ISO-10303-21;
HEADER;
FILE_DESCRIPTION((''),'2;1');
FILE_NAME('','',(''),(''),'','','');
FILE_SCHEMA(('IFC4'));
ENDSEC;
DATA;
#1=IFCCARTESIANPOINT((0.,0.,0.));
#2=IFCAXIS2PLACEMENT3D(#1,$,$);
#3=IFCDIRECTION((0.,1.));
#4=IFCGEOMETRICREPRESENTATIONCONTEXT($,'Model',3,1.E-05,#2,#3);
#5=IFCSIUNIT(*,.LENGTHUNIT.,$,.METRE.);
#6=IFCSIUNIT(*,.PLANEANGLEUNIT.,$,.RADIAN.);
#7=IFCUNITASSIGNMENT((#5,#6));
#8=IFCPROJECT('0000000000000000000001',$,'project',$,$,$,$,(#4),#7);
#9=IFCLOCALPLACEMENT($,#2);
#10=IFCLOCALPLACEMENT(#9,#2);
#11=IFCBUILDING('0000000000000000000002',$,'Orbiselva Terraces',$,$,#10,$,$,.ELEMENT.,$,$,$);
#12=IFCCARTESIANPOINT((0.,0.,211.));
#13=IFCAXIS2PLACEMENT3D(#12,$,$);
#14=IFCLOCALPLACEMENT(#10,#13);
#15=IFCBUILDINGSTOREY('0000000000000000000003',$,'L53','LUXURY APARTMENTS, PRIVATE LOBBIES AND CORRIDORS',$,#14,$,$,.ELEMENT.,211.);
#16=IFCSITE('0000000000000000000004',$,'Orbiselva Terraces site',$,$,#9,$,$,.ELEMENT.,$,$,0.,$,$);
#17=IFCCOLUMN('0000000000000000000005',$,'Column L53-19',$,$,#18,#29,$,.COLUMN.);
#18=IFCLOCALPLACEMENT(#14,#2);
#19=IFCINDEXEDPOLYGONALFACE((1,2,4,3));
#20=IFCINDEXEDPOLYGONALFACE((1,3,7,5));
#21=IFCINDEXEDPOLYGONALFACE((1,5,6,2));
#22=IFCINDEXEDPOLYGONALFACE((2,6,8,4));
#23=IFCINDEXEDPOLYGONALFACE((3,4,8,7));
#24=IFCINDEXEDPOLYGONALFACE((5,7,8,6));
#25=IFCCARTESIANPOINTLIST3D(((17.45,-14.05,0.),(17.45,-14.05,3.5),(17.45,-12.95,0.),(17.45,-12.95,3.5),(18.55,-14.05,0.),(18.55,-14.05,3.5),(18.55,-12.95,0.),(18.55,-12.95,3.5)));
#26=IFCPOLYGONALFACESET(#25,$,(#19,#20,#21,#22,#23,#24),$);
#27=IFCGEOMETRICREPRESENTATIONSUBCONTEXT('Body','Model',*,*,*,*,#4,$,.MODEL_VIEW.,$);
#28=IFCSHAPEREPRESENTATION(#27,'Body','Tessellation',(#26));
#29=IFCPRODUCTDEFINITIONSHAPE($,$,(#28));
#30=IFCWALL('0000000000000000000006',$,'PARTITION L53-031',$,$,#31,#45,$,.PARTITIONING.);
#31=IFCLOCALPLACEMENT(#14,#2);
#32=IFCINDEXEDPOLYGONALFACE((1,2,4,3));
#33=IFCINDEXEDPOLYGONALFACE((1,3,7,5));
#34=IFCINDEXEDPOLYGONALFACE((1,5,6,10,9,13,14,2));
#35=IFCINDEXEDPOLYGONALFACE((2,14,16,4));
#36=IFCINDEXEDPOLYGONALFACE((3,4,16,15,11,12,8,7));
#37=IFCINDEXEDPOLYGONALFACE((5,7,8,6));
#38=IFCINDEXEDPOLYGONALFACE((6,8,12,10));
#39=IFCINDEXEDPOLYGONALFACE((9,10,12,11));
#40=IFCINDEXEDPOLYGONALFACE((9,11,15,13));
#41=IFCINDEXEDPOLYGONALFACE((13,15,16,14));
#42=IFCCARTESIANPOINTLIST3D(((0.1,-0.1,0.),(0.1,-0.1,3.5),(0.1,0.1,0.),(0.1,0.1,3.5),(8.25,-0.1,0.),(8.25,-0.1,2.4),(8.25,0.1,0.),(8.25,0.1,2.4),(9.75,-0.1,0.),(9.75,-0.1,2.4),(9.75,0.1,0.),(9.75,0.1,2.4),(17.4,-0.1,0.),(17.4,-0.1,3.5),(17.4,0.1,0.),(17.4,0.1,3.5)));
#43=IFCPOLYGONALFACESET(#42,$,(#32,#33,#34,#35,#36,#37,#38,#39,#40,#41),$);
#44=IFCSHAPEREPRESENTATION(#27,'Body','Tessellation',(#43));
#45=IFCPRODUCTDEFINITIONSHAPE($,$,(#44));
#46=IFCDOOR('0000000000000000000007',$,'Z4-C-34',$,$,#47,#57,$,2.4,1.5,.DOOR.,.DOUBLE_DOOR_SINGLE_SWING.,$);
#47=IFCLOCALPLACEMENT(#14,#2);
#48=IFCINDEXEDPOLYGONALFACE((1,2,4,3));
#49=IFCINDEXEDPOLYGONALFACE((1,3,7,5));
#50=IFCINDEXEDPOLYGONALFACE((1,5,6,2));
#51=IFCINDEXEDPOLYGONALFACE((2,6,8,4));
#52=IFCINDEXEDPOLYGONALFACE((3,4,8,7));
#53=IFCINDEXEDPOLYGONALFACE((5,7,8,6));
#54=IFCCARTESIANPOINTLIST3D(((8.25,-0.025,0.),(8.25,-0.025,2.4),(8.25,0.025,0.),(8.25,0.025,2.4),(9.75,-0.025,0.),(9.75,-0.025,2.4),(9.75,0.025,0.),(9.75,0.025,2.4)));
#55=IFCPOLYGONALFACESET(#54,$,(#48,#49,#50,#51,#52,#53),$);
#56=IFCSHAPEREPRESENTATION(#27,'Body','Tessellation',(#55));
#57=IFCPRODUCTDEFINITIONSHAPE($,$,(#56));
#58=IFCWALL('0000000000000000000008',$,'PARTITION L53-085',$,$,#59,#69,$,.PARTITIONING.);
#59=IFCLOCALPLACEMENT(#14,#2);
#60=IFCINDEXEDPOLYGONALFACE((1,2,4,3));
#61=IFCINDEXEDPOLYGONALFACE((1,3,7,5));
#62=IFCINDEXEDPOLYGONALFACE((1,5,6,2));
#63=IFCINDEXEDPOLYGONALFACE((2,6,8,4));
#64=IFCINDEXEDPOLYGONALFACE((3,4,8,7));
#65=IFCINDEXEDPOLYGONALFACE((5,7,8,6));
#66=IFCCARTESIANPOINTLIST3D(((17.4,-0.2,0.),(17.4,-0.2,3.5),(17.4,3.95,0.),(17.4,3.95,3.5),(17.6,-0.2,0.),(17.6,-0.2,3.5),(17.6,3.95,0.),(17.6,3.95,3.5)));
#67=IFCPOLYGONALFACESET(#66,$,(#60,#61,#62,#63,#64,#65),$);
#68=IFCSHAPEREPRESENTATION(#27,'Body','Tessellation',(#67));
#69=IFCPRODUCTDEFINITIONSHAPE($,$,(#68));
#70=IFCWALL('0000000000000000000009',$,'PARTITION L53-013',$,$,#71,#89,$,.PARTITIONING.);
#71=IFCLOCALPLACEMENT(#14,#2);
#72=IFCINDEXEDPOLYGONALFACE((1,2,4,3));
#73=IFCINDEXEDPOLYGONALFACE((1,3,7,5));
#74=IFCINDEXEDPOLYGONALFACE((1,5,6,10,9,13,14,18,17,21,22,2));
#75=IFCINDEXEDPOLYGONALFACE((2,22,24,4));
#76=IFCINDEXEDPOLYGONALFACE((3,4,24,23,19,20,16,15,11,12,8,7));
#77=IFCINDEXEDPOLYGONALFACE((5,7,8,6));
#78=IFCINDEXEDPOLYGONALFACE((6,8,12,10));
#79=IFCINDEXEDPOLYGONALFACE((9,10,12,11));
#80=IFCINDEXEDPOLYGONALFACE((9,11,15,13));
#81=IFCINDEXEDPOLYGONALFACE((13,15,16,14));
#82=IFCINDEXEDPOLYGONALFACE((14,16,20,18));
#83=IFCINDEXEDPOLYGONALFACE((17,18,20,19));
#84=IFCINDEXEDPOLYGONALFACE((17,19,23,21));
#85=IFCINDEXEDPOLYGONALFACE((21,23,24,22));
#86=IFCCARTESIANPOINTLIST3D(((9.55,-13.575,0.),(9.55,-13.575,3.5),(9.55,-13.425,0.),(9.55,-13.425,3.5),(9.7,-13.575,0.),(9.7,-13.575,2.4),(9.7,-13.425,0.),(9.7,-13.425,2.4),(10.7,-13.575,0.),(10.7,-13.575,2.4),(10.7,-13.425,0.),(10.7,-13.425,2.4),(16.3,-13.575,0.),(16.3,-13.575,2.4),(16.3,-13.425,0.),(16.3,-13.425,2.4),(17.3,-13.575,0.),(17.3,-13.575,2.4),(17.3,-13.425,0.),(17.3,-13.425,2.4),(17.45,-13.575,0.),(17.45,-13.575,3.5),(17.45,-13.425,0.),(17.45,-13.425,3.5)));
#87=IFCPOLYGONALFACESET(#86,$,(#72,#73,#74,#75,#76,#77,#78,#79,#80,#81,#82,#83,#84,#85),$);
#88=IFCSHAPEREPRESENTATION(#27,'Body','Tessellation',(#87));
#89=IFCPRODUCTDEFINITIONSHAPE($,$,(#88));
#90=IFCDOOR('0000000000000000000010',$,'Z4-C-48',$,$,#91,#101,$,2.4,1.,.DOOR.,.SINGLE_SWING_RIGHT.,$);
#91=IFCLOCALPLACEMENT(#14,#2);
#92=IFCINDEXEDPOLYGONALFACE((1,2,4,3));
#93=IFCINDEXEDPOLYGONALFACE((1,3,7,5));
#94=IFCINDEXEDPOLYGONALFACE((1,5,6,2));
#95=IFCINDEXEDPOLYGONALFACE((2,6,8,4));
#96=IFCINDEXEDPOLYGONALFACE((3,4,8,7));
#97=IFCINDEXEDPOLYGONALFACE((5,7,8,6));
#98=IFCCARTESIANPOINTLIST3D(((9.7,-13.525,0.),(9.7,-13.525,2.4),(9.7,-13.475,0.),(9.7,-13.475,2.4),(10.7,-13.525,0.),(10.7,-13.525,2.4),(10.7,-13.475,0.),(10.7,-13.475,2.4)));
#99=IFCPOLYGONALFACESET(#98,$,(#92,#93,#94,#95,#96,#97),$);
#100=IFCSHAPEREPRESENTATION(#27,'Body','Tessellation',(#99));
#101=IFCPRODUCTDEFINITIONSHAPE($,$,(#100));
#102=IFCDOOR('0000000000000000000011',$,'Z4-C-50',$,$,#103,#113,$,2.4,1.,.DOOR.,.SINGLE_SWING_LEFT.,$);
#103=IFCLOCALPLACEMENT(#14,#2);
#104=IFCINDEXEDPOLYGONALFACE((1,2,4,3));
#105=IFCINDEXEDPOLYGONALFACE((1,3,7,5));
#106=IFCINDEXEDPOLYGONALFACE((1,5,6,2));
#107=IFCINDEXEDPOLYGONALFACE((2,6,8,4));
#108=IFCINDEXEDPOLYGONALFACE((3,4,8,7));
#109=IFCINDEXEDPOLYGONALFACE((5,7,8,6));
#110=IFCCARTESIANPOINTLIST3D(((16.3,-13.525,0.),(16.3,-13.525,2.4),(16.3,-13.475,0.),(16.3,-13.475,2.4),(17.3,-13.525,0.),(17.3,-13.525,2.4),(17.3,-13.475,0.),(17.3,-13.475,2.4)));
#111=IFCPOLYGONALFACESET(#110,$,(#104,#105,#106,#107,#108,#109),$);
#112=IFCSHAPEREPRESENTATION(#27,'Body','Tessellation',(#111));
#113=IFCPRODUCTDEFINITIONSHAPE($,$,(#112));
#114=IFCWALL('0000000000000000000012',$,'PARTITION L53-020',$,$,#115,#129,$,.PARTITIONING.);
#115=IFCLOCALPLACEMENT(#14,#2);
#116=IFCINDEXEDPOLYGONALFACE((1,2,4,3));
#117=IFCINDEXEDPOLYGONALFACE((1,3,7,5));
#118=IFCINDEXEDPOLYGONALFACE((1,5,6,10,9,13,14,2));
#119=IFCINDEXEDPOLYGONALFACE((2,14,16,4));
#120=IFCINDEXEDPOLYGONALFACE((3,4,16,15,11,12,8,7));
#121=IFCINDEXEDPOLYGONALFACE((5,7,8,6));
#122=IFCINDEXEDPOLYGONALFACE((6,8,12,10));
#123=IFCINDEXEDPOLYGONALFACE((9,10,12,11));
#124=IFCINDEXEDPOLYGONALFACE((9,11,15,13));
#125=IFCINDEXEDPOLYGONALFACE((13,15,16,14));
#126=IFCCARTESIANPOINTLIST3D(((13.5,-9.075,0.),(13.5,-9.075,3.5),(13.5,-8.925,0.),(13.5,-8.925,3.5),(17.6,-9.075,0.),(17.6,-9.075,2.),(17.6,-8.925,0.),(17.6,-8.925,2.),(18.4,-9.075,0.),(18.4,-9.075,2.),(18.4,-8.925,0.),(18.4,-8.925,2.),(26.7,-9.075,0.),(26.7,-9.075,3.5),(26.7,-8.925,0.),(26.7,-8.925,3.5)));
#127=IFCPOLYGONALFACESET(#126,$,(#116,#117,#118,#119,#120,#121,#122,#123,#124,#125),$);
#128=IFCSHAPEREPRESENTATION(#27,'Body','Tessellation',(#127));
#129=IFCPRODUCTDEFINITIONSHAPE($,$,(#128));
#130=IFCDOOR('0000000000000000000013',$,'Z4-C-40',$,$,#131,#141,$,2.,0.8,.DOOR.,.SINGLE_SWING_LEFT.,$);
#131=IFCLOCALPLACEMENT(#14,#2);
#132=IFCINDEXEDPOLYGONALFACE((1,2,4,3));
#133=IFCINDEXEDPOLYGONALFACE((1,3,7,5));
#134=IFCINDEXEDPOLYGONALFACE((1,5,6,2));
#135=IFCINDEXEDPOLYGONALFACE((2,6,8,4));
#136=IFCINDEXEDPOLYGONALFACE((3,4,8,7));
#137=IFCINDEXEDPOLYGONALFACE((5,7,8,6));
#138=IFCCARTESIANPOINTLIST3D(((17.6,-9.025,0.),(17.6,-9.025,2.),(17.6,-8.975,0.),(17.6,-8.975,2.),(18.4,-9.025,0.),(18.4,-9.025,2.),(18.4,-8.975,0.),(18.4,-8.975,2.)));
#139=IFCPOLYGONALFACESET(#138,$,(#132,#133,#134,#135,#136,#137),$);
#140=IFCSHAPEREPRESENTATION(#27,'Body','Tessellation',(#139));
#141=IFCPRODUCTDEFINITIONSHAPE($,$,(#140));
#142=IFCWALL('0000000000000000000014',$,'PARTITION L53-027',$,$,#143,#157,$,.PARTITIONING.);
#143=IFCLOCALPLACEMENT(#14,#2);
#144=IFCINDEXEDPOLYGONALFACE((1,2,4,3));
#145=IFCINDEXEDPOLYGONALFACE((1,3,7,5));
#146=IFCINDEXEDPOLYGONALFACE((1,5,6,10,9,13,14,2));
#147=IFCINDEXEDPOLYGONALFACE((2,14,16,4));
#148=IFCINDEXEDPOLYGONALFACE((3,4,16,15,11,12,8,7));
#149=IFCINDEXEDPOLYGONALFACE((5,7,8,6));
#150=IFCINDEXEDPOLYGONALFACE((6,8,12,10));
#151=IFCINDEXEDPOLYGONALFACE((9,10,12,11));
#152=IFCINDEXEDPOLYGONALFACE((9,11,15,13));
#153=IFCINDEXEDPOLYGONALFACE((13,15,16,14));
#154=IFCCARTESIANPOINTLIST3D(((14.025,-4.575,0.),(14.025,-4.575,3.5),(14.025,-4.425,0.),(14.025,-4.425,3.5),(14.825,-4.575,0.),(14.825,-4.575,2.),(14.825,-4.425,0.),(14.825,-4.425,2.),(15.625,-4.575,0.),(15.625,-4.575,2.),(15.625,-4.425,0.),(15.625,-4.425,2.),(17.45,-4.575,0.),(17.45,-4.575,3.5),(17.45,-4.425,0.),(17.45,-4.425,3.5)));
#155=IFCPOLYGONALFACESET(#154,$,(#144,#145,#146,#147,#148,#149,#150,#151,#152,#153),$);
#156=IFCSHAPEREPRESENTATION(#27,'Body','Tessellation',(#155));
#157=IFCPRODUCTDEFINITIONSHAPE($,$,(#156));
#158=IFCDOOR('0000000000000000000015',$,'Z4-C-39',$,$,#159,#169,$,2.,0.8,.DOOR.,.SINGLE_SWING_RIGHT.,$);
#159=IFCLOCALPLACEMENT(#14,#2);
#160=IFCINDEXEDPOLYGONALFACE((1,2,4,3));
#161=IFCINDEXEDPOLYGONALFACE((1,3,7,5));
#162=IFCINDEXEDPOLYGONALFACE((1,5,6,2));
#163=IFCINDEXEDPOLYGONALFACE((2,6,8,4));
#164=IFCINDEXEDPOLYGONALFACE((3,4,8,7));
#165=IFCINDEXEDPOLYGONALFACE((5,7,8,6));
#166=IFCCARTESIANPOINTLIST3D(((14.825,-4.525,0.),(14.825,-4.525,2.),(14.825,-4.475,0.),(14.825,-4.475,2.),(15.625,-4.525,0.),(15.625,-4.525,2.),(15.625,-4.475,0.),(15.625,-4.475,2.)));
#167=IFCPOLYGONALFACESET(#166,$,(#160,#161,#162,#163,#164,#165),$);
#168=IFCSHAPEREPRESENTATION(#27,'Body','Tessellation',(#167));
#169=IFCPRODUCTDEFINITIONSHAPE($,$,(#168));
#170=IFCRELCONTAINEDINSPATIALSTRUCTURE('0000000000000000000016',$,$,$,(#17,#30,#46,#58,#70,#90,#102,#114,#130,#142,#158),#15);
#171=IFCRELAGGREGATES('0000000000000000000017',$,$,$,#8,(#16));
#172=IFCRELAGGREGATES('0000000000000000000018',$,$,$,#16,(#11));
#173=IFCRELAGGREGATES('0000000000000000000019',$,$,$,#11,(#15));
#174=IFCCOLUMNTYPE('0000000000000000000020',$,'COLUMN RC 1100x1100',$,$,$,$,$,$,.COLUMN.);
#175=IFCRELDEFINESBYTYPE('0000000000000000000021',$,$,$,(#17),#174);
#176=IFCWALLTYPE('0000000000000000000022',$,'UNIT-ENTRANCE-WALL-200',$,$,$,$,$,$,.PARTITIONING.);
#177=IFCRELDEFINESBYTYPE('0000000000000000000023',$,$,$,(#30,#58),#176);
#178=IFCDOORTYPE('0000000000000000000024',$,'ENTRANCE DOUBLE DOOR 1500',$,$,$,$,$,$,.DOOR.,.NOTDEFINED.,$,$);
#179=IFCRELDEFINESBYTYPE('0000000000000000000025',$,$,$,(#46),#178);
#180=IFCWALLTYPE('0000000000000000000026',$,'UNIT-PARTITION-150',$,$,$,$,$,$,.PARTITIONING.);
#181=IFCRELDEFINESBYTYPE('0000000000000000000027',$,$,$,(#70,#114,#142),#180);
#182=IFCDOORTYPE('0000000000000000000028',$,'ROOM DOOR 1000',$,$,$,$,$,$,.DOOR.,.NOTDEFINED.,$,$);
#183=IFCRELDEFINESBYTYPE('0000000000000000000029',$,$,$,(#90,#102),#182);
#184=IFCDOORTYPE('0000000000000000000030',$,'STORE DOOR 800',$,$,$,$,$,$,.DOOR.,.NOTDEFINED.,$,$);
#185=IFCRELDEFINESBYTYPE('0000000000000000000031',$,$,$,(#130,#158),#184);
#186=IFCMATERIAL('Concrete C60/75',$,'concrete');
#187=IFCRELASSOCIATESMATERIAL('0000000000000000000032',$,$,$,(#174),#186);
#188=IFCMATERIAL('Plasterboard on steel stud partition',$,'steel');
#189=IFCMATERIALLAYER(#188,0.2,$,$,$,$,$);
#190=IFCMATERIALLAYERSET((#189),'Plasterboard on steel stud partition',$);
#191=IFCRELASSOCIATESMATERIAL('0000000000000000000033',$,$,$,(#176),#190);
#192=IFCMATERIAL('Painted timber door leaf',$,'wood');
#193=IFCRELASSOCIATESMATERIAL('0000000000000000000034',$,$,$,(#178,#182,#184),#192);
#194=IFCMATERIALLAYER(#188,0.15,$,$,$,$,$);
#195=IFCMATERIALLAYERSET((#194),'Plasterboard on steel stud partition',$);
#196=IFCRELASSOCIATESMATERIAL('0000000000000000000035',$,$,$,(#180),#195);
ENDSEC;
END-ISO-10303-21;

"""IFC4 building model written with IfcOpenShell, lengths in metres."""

from ifc_helpers import new_model, si_unit, direction, frame, frame_2d, origin, origin_2d, place, context, subcontext, project, spatial, rectangle, extrude, material, layer, layer_set, material_profile, profile_set, type_object, element, fill, save


model = new_model("IFC4")

# Units and contexts
model_context = context("Model", 3, precision=1e-05, world=origin(), true_north=direction((0.0, 1.0)))
body_context = subcontext(model_context, "Body", "Model", "MODEL_VIEW")
ifc_project = project(units=[si_unit("LENGTHUNIT", "METRE"), si_unit("PLANEANGLEUNIT", "RADIAN")], contexts=[model_context])

# Site, building, storey
site_placement = place(None, origin())
site = spatial("IfcSite", under=ifc_project, at=site_placement, Name="Orbiselva Terraces site", CompositionType="ELEMENT", RefElevation=0.0)
building_placement = place(site_placement, origin())
building = spatial("IfcBuilding", under=site, at=building_placement, Name="Orbiselva Terraces", CompositionType="ELEMENT")
storey_placement = place(building_placement, frame((0.0, 0.0, 211.0)))
storey = spatial("IfcBuildingStorey", under=building, at=storey_placement, Name="L53", Description="LUXURY APARTMENTS, PRIVATE LOBBIES AND CORRIDORS", CompositionType="ELEMENT", Elevation=211.0)

# Column
ifc_material_1 = material(Name="Concrete C60/75", Category="concrete")
ifc_material_profile = material_profile(ifc_material_1, rectangle(XDim=1.1, YDim=1.1, at=origin_2d()), Name="RC 1100x1100")
ifc_profile_set = profile_set([ifc_material_profile], Name="Concrete C60/75")
column_type = type_object("IfcColumnType", Name="COLUMN RC 1100x1100", PredefinedType="COLUMN", material=ifc_profile_set)
column_placement = place(storey_placement, frame((18.0, -13.5, 0.0), z_axis=(0.0, 0.0, 1.0), x_axis=(1.0, 0.0, 0.0)))
element("IfcColumn", 1, at=column_placement, inside=storey, type_object=column_type, Name="Column L53-19", PredefinedType="COLUMN", context=body_context, shape_type="SweptSolid", body=[
    extrude(rectangle(XDim=1.1, YDim=1.1, at=origin_2d()), origin(), (0.0, 0.0, 1.0), 3.5),
])

# Wall, opening, door
ifc_material_2 = material(Name="Plasterboard on steel stud partition", Category="steel")
ifc_layer_1 = layer(ifc_material_2, 0.2)
ifc_layer_set_1 = layer_set([ifc_layer_1], Name="Plasterboard on steel stud partition")
wall_type_1 = type_object("IfcWallType", Name="UNIT-ENTRANCE-WALL-200", PredefinedType="PARTITIONING", material=ifc_layer_set_1)
wall_1_placement = place(storey_placement, frame((17.4, 0.0, 0.0), z_axis=(0.0, 0.0, 1.0), x_axis=(-1.0, 0.0, 0.0)))
wall_1 = element("IfcWall", 2, at=wall_1_placement, inside=storey, type_object=wall_type_1, Name="PARTITION L53-031", PredefinedType="PARTITIONING", context=body_context, shape_type="SweptSolid", body=[
    extrude(rectangle(XDim=17.3, YDim=0.2, at=frame_2d((8.65, 0.0))), origin(), (0.0, 0.0, 1.0), 3.5),
])
opening_1_placement = place(wall_1_placement, frame((7.65, 0.0, 0.0)))
opening_1 = element("IfcOpeningElement", 3, at=opening_1_placement, cuts=wall_1, PredefinedType="OPENING", context=body_context, shape_type="SweptSolid", body=[
    extrude(rectangle(XDim=1.5, YDim=2.4, at=frame_2d((0.75, 1.2))), frame((0.0, 0.11, 0.0), z_axis=(0.0, -1.0, 0.0), x_axis=(1.0, 0.0, 0.0)), (0.0, 0.0, 1.0), 0.22),
])
ifc_material_3 = material(Name="Painted timber door leaf", Category="wood")
door_type_1 = type_object("IfcDoorType", Name="ENTRANCE DOUBLE DOOR 1500", OperationType="NOTDEFINED", PredefinedType="DOOR", material=ifc_material_3)
door_1_placement = place(opening_1_placement, origin())
door_1 = element("IfcDoor", 4, at=door_1_placement, inside=storey, type_object=door_type_1, Name="Z4-C-34", OperationType="DOUBLE_DOOR_SINGLE_SWING", OverallHeight=2.4, OverallWidth=1.5, PredefinedType="DOOR", context=body_context, shape_type="SweptSolid", body=[
    extrude(rectangle(XDim=1.5, YDim=2.4, at=frame_2d((0.75, 1.2))), frame((0.0, 0.025, 0.0), z_axis=(0.0, -1.0, 0.0), x_axis=(1.0, 0.0, 0.0)), (0.0, 0.0, 1.0), 0.05),
])
fill(opening_1, door_1)

# Wall
wall_2_placement = place(storey_placement, frame((17.5, -0.2, 0.0), z_axis=(0.0, 0.0, 1.0), x_axis=(0.0, 1.0, 0.0)))
element("IfcWall", 5, at=wall_2_placement, inside=storey, type_object=wall_type_1, Name="PARTITION L53-085", PredefinedType="PARTITIONING", context=body_context, shape_type="SweptSolid", body=[
    extrude(rectangle(XDim=4.15, YDim=0.2, at=frame_2d((2.075, 0.0))), origin(), (0.0, 0.0, 1.0), 3.5),
])

# Wall, openings, doors
ifc_layer_2 = layer(ifc_material_2, 0.15)
ifc_layer_set_2 = layer_set([ifc_layer_2], Name="Plasterboard on steel stud partition")
wall_type_2 = type_object("IfcWallType", Name="UNIT-PARTITION-150", PredefinedType="PARTITIONING", material=ifc_layer_set_2)
wall_3_placement = place(storey_placement, frame((17.45, -13.5, 0.0), z_axis=(0.0, 0.0, 1.0), x_axis=(-1.0, 0.0, 0.0)))
wall_3 = element("IfcWall", 6, at=wall_3_placement, inside=storey, type_object=wall_type_2, Name="PARTITION L53-013", PredefinedType="PARTITIONING", context=body_context, shape_type="SweptSolid", body=[
    extrude(rectangle(XDim=7.9, YDim=0.15, at=frame_2d((3.95, 0.0))), origin(), (0.0, 0.0, 1.0), 3.5),
])
opening_2_placement = place(wall_3_placement, frame((6.75, 0.0, 0.0)))
opening_2 = element("IfcOpeningElement", 7, at=opening_2_placement, cuts=wall_3, PredefinedType="OPENING", context=body_context, shape_type="SweptSolid", body=[
    extrude(rectangle(XDim=1.0, YDim=2.4, at=frame_2d((0.5, 1.2))), frame((0.0, 0.085, 0.0), z_axis=(0.0, -1.0, 0.0), x_axis=(1.0, 0.0, 0.0)), (0.0, 0.0, 1.0), 0.17),
])
opening_3_placement = place(wall_3_placement, frame((0.15, 0.0, 0.0)))
opening_3 = element("IfcOpeningElement", 8, at=opening_3_placement, cuts=wall_3, PredefinedType="OPENING", context=body_context, shape_type="SweptSolid", body=[
    extrude(rectangle(XDim=1.0, YDim=2.4, at=frame_2d((0.5, 1.2))), frame((0.0, 0.085, 0.0), z_axis=(0.0, -1.0, 0.0), x_axis=(1.0, 0.0, 0.0)), (0.0, 0.0, 1.0), 0.17),
])
door_type_2 = type_object("IfcDoorType", Name="ROOM DOOR 1000", OperationType="NOTDEFINED", PredefinedType="DOOR", material=ifc_material_3)
door_2_placement = place(opening_2_placement, origin())
door_2 = element("IfcDoor", 9, at=door_2_placement, inside=storey, type_object=door_type_2, Name="Z4-C-48", OperationType="SINGLE_SWING_RIGHT", OverallHeight=2.4, OverallWidth=1.0, PredefinedType="DOOR", context=body_context, shape_type="SweptSolid", body=[
    extrude(rectangle(XDim=1.0, YDim=2.4, at=frame_2d((0.5, 1.2))), frame((0.0, 0.025, 0.0), z_axis=(0.0, -1.0, 0.0), x_axis=(1.0, 0.0, 0.0)), (0.0, 0.0, 1.0), 0.05),
])
fill(opening_2, door_2)
door_3_placement = place(opening_3_placement, origin())
door_3 = element("IfcDoor", 10, at=door_3_placement, inside=storey, type_object=door_type_2, Name="Z4-C-50", OperationType="SINGLE_SWING_LEFT", OverallHeight=2.4, OverallWidth=1.0, PredefinedType="DOOR", context=body_context, shape_type="SweptSolid", body=[
    extrude(rectangle(XDim=1.0, YDim=2.4, at=frame_2d((0.5, 1.2))), frame((0.0, 0.025, 0.0), z_axis=(0.0, -1.0, 0.0), x_axis=(1.0, 0.0, 0.0)), (0.0, 0.0, 1.0), 0.05),
])
fill(opening_3, door_3)

# Walls, openings, doors
wall_4_placement = place(storey_placement, frame((13.5, -9.0, 0.0), z_axis=(0.0, 0.0, 1.0), x_axis=(1.0, 0.0, 0.0)))
wall_4 = element("IfcWall", 11, at=wall_4_placement, inside=storey, type_object=wall_type_2, Name="PARTITION L53-020", PredefinedType="PARTITIONING", context=body_context, shape_type="SweptSolid", body=[
    extrude(rectangle(XDim=13.2, YDim=0.15, at=frame_2d((6.6, 0.0))), origin(), (0.0, 0.0, 1.0), 3.5),
])
opening_4_placement = place(wall_4_placement, frame((4.1, 0.0, 0.0)))
opening_4 = element("IfcOpeningElement", 12, at=opening_4_placement, cuts=wall_4, PredefinedType="OPENING", context=body_context, shape_type="SweptSolid", body=[
    extrude(rectangle(XDim=0.8, YDim=2.0, at=frame_2d((0.4, 1.0))), frame((0.0, 0.085, 0.0), z_axis=(0.0, -1.0, 0.0), x_axis=(1.0, 0.0, 0.0)), (0.0, 0.0, 1.0), 0.17),
])
door_type_3 = type_object("IfcDoorType", Name="STORE DOOR 800", OperationType="NOTDEFINED", PredefinedType="DOOR", material=ifc_material_3)
door_4_placement = place(opening_4_placement, origin())
door_4 = element("IfcDoor", 13, at=door_4_placement, inside=storey, type_object=door_type_3, Name="Z4-C-40", OperationType="SINGLE_SWING_LEFT", OverallHeight=2.0, OverallWidth=0.8, PredefinedType="DOOR", context=body_context, shape_type="SweptSolid", body=[
    extrude(rectangle(XDim=0.8, YDim=2.0, at=frame_2d((0.4, 1.0))), frame((0.0, 0.025, 0.0), z_axis=(0.0, -1.0, 0.0), x_axis=(1.0, 0.0, 0.0)), (0.0, 0.0, 1.0), 0.05),
])
fill(opening_4, door_4)
wall_5_placement = place(storey_placement, frame((17.45, -4.5, 0.0), z_axis=(0.0, 0.0, 1.0), x_axis=(-1.0, 0.0, 0.0)))
wall_5 = element("IfcWall", 14, at=wall_5_placement, inside=storey, type_object=wall_type_2, Name="PARTITION L53-027", PredefinedType="PARTITIONING", context=body_context, shape_type="SweptSolid", body=[
    extrude(rectangle(XDim=3.425, YDim=0.15, at=frame_2d((1.7125, 0.0))), origin(), (0.0, 0.0, 1.0), 3.5),
])
opening_5_placement = place(wall_5_placement, frame((1.825, 0.0, 0.0)))
opening_5 = element("IfcOpeningElement", 15, at=opening_5_placement, cuts=wall_5, PredefinedType="OPENING", context=body_context, shape_type="SweptSolid", body=[
    extrude(rectangle(XDim=0.8, YDim=2.0, at=frame_2d((0.4, 1.0))), frame((0.0, 0.085, 0.0), z_axis=(0.0, -1.0, 0.0), x_axis=(1.0, 0.0, 0.0)), (0.0, 0.0, 1.0), 0.17),
])
door_5_placement = place(opening_5_placement, origin())
door_5 = element("IfcDoor", 16, at=door_5_placement, inside=storey, type_object=door_type_3, Name="Z4-C-39", OperationType="SINGLE_SWING_RIGHT", OverallHeight=2.0, OverallWidth=0.8, PredefinedType="DOOR", context=body_context, shape_type="SweptSolid", body=[
    extrude(rectangle(XDim=0.8, YDim=2.0, at=frame_2d((0.4, 1.0))), frame((0.0, 0.025, 0.0), z_axis=(0.0, -1.0, 0.0), x_axis=(1.0, 0.0, 0.0)), (0.0, 0.0, 1.0), 0.05),
])
fill(opening_5, door_5)

save(model, "model.ifc")
